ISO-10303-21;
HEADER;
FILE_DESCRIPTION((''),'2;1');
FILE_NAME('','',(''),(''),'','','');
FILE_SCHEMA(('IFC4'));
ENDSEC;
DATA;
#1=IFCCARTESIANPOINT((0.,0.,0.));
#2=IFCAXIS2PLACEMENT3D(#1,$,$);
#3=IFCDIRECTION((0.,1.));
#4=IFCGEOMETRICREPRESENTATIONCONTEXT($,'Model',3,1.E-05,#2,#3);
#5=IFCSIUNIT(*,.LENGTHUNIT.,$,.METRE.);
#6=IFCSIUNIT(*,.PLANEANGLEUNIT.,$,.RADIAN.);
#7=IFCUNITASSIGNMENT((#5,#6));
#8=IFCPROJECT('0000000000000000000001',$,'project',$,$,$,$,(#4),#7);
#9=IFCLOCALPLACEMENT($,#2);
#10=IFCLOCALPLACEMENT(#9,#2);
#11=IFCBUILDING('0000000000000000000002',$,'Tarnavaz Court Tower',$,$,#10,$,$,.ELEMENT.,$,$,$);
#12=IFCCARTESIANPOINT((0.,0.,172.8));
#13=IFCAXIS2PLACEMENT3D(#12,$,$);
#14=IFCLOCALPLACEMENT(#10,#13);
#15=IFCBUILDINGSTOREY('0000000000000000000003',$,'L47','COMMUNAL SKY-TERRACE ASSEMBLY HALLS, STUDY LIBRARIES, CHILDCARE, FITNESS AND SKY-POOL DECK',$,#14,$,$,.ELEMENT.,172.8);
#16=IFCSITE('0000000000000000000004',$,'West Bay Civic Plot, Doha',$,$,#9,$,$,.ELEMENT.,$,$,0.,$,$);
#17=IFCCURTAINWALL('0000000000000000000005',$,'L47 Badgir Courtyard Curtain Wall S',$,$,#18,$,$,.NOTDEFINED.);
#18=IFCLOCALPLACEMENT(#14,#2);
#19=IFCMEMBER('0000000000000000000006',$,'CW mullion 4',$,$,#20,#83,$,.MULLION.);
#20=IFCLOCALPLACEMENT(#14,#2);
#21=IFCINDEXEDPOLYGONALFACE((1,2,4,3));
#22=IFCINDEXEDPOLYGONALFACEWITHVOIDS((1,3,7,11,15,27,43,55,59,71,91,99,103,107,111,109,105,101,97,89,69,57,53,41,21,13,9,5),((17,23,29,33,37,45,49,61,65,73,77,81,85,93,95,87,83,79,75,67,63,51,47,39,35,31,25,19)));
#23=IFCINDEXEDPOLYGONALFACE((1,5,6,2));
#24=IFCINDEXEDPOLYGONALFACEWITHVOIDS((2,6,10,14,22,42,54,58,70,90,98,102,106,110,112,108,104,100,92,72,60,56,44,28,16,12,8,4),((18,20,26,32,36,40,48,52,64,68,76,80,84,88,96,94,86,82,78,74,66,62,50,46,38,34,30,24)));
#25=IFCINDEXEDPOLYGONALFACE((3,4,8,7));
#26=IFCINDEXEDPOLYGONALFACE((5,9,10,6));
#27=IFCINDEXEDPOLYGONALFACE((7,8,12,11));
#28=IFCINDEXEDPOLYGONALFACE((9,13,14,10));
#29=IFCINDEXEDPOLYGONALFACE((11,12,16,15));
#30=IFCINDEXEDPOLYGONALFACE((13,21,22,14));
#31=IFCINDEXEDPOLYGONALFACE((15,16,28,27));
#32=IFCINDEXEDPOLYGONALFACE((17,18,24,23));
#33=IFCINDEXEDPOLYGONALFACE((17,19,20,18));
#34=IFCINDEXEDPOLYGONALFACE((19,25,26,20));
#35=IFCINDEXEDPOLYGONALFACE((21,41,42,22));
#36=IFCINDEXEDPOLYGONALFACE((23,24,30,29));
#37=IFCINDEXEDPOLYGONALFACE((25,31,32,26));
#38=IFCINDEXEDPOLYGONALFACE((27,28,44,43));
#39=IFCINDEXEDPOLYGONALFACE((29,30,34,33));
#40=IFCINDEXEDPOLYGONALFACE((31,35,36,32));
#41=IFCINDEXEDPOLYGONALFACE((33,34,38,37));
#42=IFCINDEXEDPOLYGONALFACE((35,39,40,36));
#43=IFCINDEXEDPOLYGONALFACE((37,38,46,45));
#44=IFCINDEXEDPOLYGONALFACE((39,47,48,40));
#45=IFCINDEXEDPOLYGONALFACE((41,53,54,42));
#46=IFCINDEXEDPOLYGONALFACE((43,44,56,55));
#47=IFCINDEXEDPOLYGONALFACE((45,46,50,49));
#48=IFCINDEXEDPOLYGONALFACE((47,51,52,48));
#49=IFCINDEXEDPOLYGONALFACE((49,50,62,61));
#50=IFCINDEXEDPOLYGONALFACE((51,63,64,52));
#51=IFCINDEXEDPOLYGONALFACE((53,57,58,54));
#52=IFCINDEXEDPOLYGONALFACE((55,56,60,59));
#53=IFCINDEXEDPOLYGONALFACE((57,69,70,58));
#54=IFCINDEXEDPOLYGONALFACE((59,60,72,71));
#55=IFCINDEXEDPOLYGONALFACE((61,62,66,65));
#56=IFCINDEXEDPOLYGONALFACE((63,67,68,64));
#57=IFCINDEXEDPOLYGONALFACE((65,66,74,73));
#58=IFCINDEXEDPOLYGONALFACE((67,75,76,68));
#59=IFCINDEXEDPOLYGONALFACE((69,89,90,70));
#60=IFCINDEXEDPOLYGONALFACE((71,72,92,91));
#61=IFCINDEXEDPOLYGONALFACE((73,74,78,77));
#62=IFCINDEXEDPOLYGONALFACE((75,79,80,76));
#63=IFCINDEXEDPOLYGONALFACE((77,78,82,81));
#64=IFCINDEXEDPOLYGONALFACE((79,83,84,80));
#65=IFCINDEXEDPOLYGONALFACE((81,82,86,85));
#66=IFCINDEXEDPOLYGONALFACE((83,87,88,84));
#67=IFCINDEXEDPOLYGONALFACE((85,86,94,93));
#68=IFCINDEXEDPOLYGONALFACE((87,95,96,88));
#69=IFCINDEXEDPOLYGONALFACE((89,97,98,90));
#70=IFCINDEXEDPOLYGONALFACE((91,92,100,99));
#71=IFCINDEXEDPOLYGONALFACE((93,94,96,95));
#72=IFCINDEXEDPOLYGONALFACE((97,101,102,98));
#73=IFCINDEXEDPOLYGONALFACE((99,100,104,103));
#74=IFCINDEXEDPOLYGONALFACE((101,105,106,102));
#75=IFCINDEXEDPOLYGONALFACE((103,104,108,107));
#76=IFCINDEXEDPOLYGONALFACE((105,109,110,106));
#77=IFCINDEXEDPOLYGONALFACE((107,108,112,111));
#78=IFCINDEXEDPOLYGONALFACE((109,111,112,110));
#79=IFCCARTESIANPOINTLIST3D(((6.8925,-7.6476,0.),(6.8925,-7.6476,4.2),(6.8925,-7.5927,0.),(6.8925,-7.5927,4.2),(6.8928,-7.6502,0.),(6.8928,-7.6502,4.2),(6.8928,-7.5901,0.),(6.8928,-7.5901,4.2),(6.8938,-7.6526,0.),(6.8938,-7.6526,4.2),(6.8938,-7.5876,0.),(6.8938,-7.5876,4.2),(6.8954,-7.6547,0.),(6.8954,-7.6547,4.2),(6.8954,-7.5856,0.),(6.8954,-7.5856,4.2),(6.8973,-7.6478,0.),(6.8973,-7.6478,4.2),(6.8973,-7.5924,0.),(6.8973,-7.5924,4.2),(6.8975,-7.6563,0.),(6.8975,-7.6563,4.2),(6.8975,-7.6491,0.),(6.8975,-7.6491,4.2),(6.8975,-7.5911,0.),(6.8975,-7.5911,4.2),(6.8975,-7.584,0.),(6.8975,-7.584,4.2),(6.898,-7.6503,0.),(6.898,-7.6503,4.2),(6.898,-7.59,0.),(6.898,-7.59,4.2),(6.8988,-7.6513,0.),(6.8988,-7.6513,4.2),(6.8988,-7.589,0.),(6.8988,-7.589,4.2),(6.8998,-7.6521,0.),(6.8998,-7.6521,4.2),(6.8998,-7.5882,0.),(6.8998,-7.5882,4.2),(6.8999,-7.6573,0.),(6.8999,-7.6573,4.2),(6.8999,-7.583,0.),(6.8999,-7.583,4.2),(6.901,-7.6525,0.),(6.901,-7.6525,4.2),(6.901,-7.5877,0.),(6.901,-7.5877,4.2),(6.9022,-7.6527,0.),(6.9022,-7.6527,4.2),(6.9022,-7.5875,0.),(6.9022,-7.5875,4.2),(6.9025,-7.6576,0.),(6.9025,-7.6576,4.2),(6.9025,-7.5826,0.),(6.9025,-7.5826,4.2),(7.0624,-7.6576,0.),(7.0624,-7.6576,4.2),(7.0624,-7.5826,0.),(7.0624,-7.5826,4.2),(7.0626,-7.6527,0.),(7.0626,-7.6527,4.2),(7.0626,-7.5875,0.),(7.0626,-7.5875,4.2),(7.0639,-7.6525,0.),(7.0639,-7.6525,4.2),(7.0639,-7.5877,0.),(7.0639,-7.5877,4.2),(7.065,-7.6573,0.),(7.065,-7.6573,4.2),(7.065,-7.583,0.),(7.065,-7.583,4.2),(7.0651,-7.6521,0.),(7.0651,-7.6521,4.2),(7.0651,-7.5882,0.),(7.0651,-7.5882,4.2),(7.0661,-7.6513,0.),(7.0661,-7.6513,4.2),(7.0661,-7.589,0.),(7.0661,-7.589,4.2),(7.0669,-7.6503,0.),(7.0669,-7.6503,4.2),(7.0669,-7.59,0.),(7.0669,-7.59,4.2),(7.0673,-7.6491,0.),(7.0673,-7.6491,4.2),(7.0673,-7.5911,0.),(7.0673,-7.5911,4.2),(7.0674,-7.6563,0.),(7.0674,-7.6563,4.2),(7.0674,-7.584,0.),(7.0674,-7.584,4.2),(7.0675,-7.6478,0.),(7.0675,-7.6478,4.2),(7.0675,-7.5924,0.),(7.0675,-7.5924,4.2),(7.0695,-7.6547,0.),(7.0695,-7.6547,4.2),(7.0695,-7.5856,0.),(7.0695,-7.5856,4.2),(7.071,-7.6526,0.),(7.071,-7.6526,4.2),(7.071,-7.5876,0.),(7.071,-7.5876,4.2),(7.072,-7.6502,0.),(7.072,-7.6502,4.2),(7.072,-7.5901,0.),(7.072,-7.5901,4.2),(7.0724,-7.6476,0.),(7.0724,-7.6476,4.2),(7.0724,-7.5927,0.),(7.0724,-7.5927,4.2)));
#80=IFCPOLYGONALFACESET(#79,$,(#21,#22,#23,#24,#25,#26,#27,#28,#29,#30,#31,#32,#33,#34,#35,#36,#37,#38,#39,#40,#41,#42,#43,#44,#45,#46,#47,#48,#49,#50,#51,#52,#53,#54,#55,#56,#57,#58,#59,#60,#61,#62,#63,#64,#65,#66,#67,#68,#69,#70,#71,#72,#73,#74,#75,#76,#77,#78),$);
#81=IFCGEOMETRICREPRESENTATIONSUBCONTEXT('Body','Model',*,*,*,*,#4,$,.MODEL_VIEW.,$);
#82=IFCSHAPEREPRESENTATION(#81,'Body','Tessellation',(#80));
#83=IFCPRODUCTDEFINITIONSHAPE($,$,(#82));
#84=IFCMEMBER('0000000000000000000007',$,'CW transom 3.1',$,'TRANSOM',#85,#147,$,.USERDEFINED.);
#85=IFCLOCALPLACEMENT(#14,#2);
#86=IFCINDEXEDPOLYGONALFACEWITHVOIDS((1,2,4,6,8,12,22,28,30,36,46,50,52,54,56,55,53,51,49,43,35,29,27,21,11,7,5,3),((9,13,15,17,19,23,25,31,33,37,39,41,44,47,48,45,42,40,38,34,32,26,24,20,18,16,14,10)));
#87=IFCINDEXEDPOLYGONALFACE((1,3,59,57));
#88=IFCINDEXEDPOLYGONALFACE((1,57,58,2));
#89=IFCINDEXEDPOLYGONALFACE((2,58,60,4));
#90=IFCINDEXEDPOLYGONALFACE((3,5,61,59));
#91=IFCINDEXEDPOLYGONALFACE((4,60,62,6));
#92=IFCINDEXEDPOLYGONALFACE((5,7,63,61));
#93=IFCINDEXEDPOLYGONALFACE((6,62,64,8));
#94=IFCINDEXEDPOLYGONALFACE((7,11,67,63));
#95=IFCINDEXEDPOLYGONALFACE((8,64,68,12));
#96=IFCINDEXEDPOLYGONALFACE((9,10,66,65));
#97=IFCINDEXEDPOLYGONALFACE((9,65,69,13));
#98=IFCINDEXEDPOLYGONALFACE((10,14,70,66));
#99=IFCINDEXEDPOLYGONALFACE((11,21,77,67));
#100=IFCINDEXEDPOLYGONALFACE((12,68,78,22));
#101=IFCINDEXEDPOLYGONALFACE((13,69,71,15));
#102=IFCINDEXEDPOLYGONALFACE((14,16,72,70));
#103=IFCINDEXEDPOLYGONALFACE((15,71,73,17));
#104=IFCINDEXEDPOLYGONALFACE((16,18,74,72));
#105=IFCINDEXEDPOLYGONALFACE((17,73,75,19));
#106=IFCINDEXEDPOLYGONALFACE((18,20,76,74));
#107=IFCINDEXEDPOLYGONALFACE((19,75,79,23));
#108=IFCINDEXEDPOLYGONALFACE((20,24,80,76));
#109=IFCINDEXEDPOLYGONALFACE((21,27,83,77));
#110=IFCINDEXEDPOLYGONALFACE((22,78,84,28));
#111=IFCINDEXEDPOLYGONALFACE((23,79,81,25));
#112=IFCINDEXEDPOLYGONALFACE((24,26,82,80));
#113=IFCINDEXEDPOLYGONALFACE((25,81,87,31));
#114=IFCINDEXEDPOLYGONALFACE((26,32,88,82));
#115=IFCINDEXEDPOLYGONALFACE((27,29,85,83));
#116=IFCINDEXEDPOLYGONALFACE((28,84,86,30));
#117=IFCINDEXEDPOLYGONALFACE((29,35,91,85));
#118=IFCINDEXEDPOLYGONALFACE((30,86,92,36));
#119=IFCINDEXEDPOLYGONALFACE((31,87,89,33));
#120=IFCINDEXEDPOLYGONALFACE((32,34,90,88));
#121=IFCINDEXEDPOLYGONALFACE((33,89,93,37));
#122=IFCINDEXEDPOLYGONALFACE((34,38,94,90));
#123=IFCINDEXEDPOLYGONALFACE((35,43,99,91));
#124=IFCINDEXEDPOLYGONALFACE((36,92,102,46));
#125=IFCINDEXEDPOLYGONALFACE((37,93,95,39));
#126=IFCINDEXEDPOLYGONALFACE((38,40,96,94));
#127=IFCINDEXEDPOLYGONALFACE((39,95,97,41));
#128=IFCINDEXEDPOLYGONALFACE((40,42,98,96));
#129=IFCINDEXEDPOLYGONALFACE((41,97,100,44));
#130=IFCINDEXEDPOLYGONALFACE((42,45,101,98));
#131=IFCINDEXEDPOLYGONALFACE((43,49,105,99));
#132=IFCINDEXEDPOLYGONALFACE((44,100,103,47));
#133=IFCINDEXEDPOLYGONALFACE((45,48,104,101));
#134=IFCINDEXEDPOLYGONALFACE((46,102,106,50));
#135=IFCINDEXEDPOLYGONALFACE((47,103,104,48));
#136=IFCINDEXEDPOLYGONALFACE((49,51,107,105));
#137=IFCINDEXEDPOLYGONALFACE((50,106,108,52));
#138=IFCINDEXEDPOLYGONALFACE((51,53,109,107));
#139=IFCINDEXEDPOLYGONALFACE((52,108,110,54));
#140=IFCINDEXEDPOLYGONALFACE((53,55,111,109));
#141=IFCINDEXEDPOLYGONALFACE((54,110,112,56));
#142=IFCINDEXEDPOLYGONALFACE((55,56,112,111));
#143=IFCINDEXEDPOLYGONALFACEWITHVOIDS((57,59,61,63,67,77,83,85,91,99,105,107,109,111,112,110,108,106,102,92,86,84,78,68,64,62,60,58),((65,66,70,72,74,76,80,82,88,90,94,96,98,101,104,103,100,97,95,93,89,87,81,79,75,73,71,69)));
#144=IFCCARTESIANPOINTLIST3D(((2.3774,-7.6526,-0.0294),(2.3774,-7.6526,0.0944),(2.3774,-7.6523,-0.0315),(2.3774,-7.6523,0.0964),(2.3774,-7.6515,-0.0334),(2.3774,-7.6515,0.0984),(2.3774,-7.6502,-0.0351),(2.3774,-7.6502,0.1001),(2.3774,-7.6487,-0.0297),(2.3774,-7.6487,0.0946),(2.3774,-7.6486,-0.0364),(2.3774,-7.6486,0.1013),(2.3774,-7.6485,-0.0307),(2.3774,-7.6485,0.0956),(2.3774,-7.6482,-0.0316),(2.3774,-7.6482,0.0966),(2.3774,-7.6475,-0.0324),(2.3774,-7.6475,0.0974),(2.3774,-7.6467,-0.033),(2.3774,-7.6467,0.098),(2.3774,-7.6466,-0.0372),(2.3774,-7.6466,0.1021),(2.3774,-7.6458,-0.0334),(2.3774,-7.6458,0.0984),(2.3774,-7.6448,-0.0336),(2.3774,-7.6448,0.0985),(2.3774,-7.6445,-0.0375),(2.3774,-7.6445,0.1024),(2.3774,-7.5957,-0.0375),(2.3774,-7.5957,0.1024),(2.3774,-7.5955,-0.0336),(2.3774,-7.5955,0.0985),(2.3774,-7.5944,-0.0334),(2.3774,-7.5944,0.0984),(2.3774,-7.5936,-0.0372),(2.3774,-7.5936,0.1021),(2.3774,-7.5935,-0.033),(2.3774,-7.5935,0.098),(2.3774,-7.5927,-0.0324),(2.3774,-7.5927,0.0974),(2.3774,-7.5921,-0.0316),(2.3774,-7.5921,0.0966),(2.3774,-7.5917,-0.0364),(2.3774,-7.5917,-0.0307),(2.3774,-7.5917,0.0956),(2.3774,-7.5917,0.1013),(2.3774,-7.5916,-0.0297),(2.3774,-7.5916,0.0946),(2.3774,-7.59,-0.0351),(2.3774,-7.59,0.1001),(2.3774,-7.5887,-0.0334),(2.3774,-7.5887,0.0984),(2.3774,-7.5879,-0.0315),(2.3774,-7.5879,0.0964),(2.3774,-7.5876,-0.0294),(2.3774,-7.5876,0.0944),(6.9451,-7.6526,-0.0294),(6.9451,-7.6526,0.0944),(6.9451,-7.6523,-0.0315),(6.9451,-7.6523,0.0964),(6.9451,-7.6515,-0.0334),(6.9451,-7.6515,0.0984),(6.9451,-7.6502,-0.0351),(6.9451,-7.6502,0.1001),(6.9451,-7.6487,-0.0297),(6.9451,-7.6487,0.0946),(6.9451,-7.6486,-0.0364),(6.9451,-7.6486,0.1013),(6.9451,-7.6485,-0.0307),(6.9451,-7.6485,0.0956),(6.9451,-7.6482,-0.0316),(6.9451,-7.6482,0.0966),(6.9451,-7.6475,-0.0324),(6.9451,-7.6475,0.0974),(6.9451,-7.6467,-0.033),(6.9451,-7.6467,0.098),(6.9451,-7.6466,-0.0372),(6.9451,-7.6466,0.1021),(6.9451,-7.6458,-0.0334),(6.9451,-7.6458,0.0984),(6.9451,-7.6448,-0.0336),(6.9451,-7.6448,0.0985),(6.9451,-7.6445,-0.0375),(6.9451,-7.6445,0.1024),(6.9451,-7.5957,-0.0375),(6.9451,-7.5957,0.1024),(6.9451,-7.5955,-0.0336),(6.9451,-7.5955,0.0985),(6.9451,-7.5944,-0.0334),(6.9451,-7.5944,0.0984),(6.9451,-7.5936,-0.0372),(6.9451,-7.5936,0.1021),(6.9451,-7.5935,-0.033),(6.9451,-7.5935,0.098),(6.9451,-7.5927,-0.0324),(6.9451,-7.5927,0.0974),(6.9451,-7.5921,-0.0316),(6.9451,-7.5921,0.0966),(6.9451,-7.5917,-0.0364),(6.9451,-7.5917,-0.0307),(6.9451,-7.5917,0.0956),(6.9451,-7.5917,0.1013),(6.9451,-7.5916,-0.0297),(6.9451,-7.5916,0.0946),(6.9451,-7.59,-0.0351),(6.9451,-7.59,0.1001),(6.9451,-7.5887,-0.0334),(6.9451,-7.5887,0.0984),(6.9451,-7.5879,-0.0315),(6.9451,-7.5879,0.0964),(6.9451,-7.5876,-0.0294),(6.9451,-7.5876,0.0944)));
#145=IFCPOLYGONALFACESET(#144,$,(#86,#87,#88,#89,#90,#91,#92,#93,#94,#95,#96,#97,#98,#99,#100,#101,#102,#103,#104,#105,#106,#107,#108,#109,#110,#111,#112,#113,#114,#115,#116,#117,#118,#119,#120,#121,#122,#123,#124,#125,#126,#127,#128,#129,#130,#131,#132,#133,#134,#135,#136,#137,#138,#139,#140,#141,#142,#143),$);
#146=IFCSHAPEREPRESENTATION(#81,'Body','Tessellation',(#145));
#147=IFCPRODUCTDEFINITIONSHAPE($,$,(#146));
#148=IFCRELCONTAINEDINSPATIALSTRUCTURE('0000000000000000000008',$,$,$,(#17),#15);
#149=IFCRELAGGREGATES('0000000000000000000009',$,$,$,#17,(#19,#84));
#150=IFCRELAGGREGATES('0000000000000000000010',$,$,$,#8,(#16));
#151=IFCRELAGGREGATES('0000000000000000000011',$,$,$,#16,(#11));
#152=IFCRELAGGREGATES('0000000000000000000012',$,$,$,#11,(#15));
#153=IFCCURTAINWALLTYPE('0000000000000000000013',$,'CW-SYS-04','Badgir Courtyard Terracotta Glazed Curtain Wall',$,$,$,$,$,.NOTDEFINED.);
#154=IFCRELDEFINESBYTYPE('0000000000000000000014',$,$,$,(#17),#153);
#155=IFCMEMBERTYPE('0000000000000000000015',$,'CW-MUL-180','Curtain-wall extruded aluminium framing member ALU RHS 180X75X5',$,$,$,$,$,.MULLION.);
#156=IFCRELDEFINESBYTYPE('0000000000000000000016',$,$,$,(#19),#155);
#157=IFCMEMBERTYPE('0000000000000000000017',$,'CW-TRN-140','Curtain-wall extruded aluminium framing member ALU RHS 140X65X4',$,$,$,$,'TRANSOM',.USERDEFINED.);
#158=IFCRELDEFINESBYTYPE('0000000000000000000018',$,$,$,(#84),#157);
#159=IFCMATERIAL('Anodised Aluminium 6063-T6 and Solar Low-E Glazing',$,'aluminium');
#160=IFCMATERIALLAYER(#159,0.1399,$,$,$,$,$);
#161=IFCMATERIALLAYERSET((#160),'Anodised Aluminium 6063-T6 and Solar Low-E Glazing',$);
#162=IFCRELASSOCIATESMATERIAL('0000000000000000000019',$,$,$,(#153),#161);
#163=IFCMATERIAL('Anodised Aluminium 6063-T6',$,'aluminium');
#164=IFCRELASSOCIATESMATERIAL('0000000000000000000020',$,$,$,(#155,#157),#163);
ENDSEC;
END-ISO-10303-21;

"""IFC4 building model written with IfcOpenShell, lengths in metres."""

from ifc_helpers import new_model, si_unit, direction, frame, origin, origin_2d, place, context, subcontext, project, spatial, hollow_rectangle, extrude, material, layer, layer_set, material_profile, profile_set, type_object, element, aggregate, save


model = new_model("IFC4")

# Units and contexts
model_context = context("Model", 3, precision=1e-05, world=origin(), true_north=direction((0.0, 1.0)))
body_context = subcontext(model_context, "Body", "Model", "MODEL_VIEW")
ifc_project = project(units=[si_unit("LENGTHUNIT", "METRE"), si_unit("PLANEANGLEUNIT", "RADIAN")], contexts=[model_context])

# Site, building, storey
site_placement = place(None, origin())
site = spatial("IfcSite", under=ifc_project, at=site_placement, Name="West Bay Civic Plot, Doha", CompositionType="ELEMENT", RefElevation=0.0)
building_placement = place(site_placement, origin())
building = spatial("IfcBuilding", under=site, at=building_placement, Name="Tarnavaz Court Tower", CompositionType="ELEMENT")
storey_placement = place(building_placement, frame((0.0, 0.0, 172.8)))
storey = spatial("IfcBuildingStorey", under=building, at=storey_placement, Name="L47", Description="COMMUNAL SKY-TERRACE ASSEMBLY HALLS, STUDY LIBRARIES, CHILDCARE, FITNESS AND SKY-POOL DECK", CompositionType="ELEMENT", Elevation=172.8)

# Curtain wall, members
ifc_material_1 = material(Name="Anodised Aluminium 6063-T6 and Solar Low-E Glazing", Category="aluminium")
ifc_layer_1 = layer(ifc_material_1, 0.1399)
ifc_layer_set_1 = layer_set([ifc_layer_1], Name="Anodised Aluminium 6063-T6 and Solar Low-E Glazing")
curtain_wall_type = type_object("IfcCurtainWallType", Name="CW-SYS-04", Description="Badgir Courtyard Terracotta Glazed Curtain Wall", PredefinedType="NOTDEFINED", material=ifc_layer_set_1)
curtain_wall_placement = place(storey_placement, origin())
curtain_wall = element("IfcCurtainWall", 1, at=curtain_wall_placement, inside=storey, type_object=curtain_wall_type, Name="L47 Badgir Courtyard Curtain Wall S", PredefinedType="NOTDEFINED")
ifc_material_2 = material(Name="Anodised Aluminium 6063-T6", Category="aluminium")
ifc_material_profile_1 = material_profile(ifc_material_2, hollow_rectangle(XDim=0.075, YDim=0.1799, WallThickness=0.0049, InnerFilletRadius=0.0049, OuterFilletRadius=0.01, at=origin_2d()), Name="ALU RHS 180X75X5")
ifc_profile_set_1 = profile_set([ifc_material_profile_1], Name="Anodised Aluminium 6063-T6")
member_type_1 = type_object("IfcMemberType", Name="CW-MUL-180", Description="Curtain-wall extruded aluminium framing member ALU RHS 180X75X5", PredefinedType="MULLION", material=ifc_profile_set_1)
member_1_placement = place(storey_placement, frame((6.9824, -7.6201, 0.0), z_axis=(0.0, 0.0, 1.0), x_axis=(0.0, 1.0, 0.0)))
member_1 = element("IfcMember", 2, at=member_1_placement, type_object=member_type_1, Name="CW mullion 4", PredefinedType="MULLION", context=body_context, shape_type="SweptSolid", body=[
    extrude(hollow_rectangle(XDim=0.075, YDim=0.1799, WallThickness=0.0049, InnerFilletRadius=0.0049, OuterFilletRadius=0.01, at=origin_2d()), origin(), (0.0, 0.0, 1.0), 4.2),
])
ifc_material_profile_2 = material_profile(ifc_material_2, hollow_rectangle(XDim=0.0649, YDim=0.1399, WallThickness=0.0039, InnerFilletRadius=0.0039, OuterFilletRadius=0.0081, at=origin_2d()), Name="ALU RHS 140X65X4")
ifc_profile_set_2 = profile_set([ifc_material_profile_2], Name="Anodised Aluminium 6063-T6")
member_type_2 = type_object("IfcMemberType", Name="CW-TRN-140", Description="Curtain-wall extruded aluminium framing member ALU RHS 140X65X4", ElementType="TRANSOM", PredefinedType="USERDEFINED", material=ifc_profile_set_2)
member_2_placement = place(storey_placement, frame((2.3774, -7.6201, 0.0325), z_axis=(1.0, 0.0, 0.0), x_axis=(0.0, 1.0, 0.0)))
member_2 = element("IfcMember", 3, at=member_2_placement, type_object=member_type_2, Name="CW transom 3.1", ObjectType="TRANSOM", PredefinedType="USERDEFINED", context=body_context, shape_type="SweptSolid", body=[
    extrude(hollow_rectangle(XDim=0.0649, YDim=0.1399, WallThickness=0.0039, InnerFilletRadius=0.0039, OuterFilletRadius=0.0081, at=origin_2d()), origin(), (0.0, 0.0, 1.0), 4.5676),
])
aggregate(curtain_wall, [member_1, member_2])

save(model, "model.ifc")
